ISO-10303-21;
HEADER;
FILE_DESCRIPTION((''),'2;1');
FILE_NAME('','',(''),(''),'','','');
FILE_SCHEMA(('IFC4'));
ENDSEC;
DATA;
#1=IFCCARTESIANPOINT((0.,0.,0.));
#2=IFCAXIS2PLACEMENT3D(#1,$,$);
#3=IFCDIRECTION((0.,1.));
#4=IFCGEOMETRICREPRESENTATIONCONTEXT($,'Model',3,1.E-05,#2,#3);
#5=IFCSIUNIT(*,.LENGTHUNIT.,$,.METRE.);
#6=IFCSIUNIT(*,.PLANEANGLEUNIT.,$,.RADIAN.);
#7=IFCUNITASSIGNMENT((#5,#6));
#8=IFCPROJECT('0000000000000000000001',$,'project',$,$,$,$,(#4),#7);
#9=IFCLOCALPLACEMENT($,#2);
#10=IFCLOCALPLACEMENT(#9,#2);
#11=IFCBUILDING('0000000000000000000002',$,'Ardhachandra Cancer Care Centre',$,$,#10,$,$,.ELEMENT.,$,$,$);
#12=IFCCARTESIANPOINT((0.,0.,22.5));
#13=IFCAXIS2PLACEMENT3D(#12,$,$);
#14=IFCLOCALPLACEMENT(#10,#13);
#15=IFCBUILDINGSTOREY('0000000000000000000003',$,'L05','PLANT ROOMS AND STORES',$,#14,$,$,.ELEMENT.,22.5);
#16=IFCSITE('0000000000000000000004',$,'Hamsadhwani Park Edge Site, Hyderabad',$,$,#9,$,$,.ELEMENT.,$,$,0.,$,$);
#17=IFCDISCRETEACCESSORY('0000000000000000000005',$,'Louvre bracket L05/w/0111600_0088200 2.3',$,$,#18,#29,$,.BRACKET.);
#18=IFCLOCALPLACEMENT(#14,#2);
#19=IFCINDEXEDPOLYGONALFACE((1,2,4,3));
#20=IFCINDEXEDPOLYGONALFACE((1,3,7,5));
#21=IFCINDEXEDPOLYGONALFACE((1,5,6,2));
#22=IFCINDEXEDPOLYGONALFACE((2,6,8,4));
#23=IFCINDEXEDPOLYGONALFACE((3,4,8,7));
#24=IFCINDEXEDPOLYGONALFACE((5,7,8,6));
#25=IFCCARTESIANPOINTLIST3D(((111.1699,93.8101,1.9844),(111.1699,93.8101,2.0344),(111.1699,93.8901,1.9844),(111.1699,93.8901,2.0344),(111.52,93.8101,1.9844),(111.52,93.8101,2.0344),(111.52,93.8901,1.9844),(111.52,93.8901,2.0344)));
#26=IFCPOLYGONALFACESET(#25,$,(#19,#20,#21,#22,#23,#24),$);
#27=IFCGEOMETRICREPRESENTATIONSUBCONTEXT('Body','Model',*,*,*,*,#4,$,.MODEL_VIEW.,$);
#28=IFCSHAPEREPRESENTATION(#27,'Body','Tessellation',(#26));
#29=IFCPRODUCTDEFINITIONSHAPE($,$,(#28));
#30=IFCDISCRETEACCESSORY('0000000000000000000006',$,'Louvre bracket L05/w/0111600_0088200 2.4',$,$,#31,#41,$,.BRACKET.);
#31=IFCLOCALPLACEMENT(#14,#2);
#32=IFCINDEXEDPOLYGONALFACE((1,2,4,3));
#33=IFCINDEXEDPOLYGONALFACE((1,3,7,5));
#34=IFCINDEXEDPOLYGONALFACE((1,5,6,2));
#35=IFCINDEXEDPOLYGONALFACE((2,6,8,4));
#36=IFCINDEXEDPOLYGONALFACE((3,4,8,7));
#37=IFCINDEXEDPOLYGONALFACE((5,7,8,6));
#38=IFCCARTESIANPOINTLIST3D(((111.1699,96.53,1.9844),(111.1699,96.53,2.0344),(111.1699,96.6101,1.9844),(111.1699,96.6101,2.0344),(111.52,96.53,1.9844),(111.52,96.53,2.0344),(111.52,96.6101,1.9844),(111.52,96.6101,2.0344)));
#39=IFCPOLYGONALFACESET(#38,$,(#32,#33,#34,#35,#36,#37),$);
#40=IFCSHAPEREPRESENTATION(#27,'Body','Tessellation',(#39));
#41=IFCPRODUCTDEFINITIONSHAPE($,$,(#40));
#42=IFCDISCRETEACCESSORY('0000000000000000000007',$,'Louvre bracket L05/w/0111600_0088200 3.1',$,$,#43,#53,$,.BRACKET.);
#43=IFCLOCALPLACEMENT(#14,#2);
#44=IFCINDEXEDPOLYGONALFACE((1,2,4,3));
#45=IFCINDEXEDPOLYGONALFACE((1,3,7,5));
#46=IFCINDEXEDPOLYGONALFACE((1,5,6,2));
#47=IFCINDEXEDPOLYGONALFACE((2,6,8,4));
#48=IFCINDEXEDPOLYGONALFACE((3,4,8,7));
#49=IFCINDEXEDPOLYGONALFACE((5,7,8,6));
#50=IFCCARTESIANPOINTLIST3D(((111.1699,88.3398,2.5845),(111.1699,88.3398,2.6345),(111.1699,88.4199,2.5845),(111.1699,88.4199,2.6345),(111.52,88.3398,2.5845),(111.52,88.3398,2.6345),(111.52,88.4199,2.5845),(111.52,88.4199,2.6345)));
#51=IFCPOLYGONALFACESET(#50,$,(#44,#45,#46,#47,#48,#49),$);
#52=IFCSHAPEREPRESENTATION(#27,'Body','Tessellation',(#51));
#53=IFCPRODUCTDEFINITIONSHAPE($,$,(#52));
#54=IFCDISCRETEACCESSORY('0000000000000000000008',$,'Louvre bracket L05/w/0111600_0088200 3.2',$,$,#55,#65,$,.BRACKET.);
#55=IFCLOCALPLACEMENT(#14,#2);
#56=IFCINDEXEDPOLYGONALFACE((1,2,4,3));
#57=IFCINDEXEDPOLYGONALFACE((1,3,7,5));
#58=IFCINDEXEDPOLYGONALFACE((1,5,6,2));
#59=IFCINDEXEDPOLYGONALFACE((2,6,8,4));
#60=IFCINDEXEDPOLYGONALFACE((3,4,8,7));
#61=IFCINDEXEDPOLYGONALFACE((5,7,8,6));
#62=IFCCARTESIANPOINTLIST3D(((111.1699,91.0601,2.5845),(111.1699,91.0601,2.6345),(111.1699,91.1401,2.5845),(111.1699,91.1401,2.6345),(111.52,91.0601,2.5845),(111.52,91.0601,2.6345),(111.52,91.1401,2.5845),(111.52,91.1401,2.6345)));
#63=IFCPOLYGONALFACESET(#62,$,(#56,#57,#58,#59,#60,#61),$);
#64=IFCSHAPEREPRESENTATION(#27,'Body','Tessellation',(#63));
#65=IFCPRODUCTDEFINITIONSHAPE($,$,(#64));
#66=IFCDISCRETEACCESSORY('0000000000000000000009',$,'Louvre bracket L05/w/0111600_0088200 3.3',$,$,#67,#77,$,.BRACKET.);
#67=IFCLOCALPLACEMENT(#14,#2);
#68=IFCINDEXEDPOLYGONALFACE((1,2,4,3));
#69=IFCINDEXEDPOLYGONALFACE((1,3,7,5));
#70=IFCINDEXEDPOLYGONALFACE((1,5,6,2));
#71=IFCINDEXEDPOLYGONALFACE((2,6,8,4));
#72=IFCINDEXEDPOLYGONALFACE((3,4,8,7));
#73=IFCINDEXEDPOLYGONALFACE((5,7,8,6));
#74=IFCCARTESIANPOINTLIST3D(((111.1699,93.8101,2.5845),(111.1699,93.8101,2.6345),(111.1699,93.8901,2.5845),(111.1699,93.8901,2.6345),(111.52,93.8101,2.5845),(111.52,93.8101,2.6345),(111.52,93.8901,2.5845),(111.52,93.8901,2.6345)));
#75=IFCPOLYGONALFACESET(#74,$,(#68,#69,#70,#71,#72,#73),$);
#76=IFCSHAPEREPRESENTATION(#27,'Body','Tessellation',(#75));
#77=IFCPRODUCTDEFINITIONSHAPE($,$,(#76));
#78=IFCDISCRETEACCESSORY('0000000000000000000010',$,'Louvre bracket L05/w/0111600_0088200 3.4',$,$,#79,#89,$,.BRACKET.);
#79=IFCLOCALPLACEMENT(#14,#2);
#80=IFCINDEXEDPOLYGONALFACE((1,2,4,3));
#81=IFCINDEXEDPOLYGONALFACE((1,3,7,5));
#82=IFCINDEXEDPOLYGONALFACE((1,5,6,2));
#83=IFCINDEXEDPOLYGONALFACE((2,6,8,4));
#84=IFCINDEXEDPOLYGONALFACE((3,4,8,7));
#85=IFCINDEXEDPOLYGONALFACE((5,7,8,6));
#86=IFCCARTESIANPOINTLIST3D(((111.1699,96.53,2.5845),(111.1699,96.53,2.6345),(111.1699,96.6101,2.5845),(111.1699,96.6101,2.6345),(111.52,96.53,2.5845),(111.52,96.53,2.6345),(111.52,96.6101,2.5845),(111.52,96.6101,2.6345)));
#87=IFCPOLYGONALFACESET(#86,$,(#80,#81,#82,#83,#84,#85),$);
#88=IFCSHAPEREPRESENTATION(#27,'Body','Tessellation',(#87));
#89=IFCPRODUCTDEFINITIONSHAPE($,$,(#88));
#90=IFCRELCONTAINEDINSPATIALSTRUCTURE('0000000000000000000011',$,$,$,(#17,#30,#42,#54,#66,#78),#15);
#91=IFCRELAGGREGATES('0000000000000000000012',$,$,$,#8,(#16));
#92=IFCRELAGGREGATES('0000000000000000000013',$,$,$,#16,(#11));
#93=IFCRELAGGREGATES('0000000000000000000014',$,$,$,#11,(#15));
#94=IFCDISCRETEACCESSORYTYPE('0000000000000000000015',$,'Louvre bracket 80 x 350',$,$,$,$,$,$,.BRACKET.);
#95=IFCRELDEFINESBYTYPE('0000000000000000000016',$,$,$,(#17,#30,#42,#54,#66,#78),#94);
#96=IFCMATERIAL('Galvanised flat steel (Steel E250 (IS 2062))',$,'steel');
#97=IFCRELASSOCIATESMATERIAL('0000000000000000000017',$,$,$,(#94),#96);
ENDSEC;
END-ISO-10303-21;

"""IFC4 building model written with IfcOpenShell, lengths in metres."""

from ifc_helpers import new_model, si_unit, direction, frame, origin, origin_2d, place, context, subcontext, project, spatial, rectangle, extrude, material, type_object, element, save


model = new_model("IFC4")

# Units and contexts
model_context = context("Model", 3, precision=1e-05, world=origin(), true_north=direction((0.0, 1.0)))
body_context = subcontext(model_context, "Body", "Model", "MODEL_VIEW")
ifc_project = project(units=[si_unit("LENGTHUNIT", "METRE"), si_unit("PLANEANGLEUNIT", "RADIAN")], contexts=[model_context])

# Site, building, storey
site_placement = place(None, origin())
site = spatial("IfcSite", under=ifc_project, at=site_placement, Name="Hamsadhwani Park Edge Site, Hyderabad", CompositionType="ELEMENT", RefElevation=0.0)
building_placement = place(site_placement, origin())
building = spatial("IfcBuilding", under=site, at=building_placement, Name="Ardhachandra Cancer Care Centre", CompositionType="ELEMENT")
storey_placement = place(building_placement, frame((0.0, 0.0, 22.5)))
storey = spatial("IfcBuildingStorey", under=building, at=storey_placement, Name="L05", Description="PLANT ROOMS AND STORES", CompositionType="ELEMENT", Elevation=22.5)

# Discrete accessories
ifc_material_1 = material(Name="Galvanised flat steel (Steel E250 (IS 2062))", Category="steel")
discrete_accessory_type = type_object("IfcDiscreteAccessoryType", Name="Louvre bracket 80 x 350", PredefinedType="BRACKET", material=ifc_material_1)
for number, where, z_axis, x_axis, name in (
    (1, (111.345, 93.8501, 1.9844), (0.0, 0.0, 1.0), (0.0, 1.0, 0.0), "Louvre bracket L05/w/0111600_0088200 2.3"),
    (2, (111.345, 96.5701, 1.9844), (0.0, 0.0, 1.0), (0.0, 1.0, 0.0), "Louvre bracket L05/w/0111600_0088200 2.4"),
    (3, (111.345, 88.3799, 2.5845), (0.0, 0.0, 1.0), (0.0, 1.0, 0.0), "Louvre bracket L05/w/0111600_0088200 3.1"),
    (4, (111.345, 91.1001, 2.5845), (0.0, 0.0, 1.0), (0.0, 1.0, 0.0), "Louvre bracket L05/w/0111600_0088200 3.2"),
    (5, (111.345, 93.8501, 2.5845), (0.0, 0.0, 1.0), (0.0, 1.0, 0.0), "Louvre bracket L05/w/0111600_0088200 3.3"),
    (6, (111.345, 96.5701, 2.5845), (0.0, 0.0, 1.0), (0.0, 1.0, 0.0), "Louvre bracket L05/w/0111600_0088200 3.4"),
):
    element("IfcDiscreteAccessory", number, at=place(storey_placement, frame(where, z_axis=z_axis, x_axis=x_axis)), inside=storey, type_object=discrete_accessory_type, Name=name, PredefinedType="BRACKET", context=body_context, shape_type="SweptSolid", body=[
        extrude(rectangle(XDim=0.0801, YDim=0.3501, at=origin_2d()), origin(), (0.0, 0.0, 1.0), 0.05),
    ])

save(model, "model.ifc")
